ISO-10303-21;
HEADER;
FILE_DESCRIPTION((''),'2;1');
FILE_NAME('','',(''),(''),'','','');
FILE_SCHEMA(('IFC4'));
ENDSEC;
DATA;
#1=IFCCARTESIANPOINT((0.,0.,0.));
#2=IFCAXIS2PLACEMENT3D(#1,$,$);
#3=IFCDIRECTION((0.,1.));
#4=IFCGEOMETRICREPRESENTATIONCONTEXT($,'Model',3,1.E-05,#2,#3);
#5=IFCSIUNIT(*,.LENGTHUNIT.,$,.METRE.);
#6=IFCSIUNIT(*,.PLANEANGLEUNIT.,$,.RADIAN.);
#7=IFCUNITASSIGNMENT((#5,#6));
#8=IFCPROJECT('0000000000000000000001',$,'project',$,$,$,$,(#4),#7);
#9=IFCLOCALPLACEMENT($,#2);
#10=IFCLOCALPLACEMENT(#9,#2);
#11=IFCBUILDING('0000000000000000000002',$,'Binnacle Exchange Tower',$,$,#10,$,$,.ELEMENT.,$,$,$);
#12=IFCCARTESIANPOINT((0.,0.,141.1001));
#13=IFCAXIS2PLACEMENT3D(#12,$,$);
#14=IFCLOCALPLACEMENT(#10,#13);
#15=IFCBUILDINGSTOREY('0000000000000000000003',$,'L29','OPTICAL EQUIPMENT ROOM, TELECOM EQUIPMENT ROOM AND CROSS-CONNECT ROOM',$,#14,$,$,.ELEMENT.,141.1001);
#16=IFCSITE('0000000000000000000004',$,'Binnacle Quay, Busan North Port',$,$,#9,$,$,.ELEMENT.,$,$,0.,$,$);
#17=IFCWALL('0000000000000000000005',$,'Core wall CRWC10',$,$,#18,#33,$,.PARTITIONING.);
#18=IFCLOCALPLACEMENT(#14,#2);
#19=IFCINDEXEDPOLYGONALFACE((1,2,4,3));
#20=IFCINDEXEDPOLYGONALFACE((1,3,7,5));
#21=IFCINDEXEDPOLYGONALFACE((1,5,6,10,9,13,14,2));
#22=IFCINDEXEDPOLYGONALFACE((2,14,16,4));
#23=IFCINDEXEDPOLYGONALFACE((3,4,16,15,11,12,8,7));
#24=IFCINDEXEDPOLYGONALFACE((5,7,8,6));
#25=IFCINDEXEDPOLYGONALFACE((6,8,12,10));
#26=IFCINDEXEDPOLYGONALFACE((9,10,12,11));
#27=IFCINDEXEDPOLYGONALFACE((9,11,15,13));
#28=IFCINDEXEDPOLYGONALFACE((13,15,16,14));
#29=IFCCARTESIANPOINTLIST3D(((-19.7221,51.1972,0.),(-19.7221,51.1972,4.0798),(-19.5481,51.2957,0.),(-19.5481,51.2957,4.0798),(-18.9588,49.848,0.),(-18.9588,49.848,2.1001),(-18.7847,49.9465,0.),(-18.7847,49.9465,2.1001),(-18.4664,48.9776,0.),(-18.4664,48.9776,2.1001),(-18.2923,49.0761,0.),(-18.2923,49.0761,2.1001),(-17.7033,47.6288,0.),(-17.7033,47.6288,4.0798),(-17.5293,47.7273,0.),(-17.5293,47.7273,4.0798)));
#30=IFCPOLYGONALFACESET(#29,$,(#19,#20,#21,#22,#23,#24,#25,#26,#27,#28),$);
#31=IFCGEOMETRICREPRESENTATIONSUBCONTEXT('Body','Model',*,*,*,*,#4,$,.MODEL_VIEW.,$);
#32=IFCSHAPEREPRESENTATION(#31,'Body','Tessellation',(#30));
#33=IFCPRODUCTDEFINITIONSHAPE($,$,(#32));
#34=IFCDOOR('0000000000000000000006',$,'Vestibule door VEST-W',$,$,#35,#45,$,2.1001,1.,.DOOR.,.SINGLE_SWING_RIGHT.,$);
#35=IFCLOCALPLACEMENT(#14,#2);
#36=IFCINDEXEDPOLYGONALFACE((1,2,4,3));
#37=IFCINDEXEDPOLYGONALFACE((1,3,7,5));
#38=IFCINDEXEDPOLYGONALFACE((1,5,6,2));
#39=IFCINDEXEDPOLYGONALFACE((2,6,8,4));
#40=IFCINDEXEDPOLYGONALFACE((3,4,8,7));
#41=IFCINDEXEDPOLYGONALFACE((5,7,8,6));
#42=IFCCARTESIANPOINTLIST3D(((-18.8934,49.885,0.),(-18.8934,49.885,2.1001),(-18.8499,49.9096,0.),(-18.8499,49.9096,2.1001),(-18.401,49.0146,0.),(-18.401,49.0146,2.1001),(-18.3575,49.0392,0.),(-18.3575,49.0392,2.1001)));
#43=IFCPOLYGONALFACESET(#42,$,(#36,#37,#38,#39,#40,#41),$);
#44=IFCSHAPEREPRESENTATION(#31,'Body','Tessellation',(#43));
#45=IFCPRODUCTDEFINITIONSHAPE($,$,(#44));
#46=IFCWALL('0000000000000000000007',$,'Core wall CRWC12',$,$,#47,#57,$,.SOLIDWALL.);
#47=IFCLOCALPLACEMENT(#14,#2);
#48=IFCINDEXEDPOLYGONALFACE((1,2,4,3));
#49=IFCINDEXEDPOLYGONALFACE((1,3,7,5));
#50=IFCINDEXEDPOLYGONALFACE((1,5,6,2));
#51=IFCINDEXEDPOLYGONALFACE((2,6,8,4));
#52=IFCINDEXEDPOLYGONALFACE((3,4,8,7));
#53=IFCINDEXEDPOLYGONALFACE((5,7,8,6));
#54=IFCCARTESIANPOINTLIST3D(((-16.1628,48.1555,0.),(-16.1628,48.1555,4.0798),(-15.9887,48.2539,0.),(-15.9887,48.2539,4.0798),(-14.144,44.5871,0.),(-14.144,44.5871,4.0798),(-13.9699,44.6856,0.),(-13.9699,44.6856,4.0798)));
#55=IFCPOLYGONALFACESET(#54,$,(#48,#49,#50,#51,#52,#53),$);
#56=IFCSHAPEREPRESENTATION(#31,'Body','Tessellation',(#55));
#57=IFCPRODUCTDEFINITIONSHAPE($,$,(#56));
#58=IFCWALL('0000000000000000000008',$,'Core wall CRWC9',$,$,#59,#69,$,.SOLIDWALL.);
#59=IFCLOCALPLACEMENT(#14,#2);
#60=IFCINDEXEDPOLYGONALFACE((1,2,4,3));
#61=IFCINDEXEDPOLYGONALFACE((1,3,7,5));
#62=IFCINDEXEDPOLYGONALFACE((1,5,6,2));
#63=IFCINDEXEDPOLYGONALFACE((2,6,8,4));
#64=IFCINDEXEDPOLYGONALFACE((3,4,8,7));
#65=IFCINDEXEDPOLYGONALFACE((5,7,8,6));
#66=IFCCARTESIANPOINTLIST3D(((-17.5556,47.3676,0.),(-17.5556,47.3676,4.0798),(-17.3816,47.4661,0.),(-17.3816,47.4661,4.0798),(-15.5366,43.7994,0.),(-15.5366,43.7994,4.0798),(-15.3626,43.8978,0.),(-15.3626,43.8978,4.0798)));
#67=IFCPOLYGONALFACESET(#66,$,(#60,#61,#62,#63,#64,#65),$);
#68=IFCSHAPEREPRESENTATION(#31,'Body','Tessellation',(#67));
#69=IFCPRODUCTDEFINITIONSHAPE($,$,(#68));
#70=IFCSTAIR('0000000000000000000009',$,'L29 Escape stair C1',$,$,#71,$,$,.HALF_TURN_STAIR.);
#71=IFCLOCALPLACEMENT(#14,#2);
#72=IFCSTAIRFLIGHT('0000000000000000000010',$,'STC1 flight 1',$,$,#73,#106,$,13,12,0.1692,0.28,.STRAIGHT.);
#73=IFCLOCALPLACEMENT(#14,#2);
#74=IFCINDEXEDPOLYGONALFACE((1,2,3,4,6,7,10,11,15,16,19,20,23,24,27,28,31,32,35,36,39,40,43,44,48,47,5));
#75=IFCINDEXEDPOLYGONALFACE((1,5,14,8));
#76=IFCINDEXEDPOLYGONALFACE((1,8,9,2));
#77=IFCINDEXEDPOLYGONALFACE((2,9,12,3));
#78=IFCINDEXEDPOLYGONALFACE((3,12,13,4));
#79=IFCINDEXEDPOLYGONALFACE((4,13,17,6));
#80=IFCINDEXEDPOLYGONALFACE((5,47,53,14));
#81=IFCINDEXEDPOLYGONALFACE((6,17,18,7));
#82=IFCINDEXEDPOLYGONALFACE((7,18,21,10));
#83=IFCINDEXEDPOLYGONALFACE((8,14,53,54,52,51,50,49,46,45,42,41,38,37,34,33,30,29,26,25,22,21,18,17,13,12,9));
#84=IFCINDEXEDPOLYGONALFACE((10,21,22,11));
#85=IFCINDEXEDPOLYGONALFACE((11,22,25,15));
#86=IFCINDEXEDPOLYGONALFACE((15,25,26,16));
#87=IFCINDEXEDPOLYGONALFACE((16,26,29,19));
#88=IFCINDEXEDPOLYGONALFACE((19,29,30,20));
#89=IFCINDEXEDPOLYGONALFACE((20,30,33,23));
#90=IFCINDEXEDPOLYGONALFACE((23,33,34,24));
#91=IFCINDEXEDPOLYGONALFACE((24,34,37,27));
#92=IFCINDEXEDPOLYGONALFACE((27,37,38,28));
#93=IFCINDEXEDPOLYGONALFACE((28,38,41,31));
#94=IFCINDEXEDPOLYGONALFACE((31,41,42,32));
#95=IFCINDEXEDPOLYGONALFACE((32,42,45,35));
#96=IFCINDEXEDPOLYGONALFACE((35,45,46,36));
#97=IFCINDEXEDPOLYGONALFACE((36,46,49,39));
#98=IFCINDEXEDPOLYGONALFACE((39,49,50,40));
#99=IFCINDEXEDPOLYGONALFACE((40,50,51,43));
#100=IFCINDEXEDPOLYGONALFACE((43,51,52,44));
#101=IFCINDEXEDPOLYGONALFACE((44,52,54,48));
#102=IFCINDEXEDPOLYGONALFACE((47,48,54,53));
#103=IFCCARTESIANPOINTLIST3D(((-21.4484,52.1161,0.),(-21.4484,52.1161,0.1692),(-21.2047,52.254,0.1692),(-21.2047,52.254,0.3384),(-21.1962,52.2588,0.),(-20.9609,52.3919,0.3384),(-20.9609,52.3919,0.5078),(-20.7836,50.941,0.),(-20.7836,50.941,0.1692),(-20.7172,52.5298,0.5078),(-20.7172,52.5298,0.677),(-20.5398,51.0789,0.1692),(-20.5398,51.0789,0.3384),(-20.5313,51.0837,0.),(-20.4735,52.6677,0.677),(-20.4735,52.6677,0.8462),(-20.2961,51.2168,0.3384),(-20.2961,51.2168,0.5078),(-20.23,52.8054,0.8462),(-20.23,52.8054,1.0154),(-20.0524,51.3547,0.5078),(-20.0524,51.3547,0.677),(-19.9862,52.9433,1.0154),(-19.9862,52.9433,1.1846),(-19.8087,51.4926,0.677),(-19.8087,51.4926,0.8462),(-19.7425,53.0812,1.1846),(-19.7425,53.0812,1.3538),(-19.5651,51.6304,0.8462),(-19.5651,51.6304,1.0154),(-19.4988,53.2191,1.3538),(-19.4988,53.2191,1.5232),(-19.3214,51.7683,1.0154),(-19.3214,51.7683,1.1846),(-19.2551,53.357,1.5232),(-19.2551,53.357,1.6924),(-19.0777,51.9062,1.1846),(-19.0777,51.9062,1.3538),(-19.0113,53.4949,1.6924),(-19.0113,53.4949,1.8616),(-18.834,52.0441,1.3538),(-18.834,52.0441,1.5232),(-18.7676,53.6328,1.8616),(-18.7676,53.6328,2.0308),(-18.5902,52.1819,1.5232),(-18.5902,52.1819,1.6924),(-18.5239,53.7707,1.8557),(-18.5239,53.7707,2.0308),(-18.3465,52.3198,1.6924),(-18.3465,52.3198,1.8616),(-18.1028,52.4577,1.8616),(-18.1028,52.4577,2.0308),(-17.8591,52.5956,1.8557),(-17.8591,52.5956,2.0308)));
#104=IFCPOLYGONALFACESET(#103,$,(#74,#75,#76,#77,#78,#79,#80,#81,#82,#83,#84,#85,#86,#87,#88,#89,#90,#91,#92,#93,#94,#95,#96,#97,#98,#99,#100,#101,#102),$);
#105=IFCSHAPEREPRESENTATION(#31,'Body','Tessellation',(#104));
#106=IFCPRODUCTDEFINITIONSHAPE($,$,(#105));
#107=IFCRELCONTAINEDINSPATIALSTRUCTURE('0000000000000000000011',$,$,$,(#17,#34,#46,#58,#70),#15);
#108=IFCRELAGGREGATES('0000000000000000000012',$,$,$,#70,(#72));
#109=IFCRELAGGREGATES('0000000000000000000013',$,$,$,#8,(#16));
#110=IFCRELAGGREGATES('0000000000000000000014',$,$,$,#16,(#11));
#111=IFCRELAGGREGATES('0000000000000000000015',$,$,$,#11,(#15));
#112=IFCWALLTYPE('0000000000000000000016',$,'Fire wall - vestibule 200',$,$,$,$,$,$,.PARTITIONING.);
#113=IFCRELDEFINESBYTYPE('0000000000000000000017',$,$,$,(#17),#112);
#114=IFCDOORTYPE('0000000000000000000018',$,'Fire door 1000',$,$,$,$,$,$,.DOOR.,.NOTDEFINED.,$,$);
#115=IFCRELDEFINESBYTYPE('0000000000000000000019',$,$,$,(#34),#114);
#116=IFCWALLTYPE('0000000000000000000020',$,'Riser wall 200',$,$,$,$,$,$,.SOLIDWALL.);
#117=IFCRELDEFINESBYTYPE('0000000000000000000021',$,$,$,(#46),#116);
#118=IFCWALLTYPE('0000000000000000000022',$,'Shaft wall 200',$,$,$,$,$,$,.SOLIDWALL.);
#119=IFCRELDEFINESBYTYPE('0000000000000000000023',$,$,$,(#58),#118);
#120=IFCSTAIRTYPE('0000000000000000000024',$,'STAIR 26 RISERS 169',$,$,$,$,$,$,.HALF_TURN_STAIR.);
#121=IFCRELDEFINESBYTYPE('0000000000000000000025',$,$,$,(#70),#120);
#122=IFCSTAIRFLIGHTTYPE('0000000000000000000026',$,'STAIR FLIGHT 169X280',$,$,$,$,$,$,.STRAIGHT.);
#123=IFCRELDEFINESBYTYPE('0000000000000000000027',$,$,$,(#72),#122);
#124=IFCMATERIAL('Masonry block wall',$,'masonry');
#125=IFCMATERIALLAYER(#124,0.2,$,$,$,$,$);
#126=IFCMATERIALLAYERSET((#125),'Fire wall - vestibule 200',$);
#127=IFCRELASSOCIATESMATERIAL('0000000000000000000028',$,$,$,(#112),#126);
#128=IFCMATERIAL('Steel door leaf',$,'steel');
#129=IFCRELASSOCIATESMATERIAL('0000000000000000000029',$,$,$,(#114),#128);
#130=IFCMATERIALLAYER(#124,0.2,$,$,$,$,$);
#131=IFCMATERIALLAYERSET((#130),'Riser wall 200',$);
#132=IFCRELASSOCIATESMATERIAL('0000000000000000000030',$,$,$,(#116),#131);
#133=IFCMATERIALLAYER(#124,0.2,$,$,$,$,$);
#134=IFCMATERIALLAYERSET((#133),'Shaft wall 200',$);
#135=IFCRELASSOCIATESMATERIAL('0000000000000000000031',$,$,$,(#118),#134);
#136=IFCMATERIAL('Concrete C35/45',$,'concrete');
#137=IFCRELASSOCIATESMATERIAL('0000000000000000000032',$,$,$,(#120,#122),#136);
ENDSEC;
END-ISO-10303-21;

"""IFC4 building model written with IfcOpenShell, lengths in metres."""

from ifc_helpers import new_model, si_unit, direction, frame, frame_2d, origin, place, context, subcontext, project, spatial, polyline, rectangle, outline, extrude, material, layer, layer_set, type_object, element, fill, aggregate, save


model = new_model("IFC4")

# Units and contexts
model_context = context("Model", 3, precision=1e-05, world=origin(), true_north=direction((0.0, 1.0)))
body_context = subcontext(model_context, "Body", "Model", "MODEL_VIEW")
ifc_project = project(units=[si_unit("LENGTHUNIT", "METRE"), si_unit("PLANEANGLEUNIT", "RADIAN")], contexts=[model_context])

# Site, building, storey
site_placement = place(None, origin())
site = spatial("IfcSite", under=ifc_project, at=site_placement, Name="Binnacle Quay, Busan North Port", CompositionType="ELEMENT", RefElevation=0.0)
building_placement = place(site_placement, origin())
building = spatial("IfcBuilding", under=site, at=building_placement, Name="Binnacle Exchange Tower", CompositionType="ELEMENT")
storey_placement = place(building_placement, frame((0.0, 0.0, 141.1001)))
storey = spatial("IfcBuildingStorey", under=building, at=storey_placement, Name="L29", Description="OPTICAL EQUIPMENT ROOM, TELECOM EQUIPMENT ROOM AND CROSS-CONNECT ROOM", CompositionType="ELEMENT", Elevation=141.1001)

# Shared definitions
ifc_material_1 = material(Name="Steel door leaf", Category="steel")

# Wall, opening, door
ifc_material_2 = material(Name="Masonry block wall", Category="masonry")
ifc_layer_1 = layer(ifc_material_2, 0.2)
ifc_layer_set_1 = layer_set([ifc_layer_1], Name="Fire wall - vestibule 200")
wall_type_1 = type_object("IfcWallType", Name="Fire wall - vestibule 200", PredefinedType="PARTITIONING", material=ifc_layer_set_1)
wall_1_placement = place(storey_placement, frame((-19.635, 51.2463, 0.0), z_axis=(0.0, 0.0, 1.0), x_axis=(0.492408, -0.870364, 0.0)))
wall_1 = element("IfcWall", 1, at=wall_1_placement, inside=storey, type_object=wall_type_1, Name="Core wall CRWC10", PredefinedType="PARTITIONING", context=body_context, shape_type="SweptSolid", body=[
    extrude(rectangle(XDim=4.0999, YDim=0.2, at=frame_2d((2.0498, 0.0))), origin(), (0.0, 0.0, 1.0), 4.0798),
])
opening_1_placement = place(wall_1_placement, frame((1.55, 0.0, 0.0)))
opening_1 = element("IfcOpeningElement", 2, at=opening_1_placement, cuts=wall_1, PredefinedType="OPENING", context=body_context, shape_type="SweptSolid", body=[
    extrude(rectangle(XDim=1.0, YDim=2.1001, at=frame_2d((0.5, 1.05))), frame((0.0, 0.1099, 0.0), z_axis=(0.0, -1.0, 0.0), x_axis=(1.0, 0.0, 0.0)), (0.0, 0.0, 1.0), 0.22),
])
door_type_1 = type_object("IfcDoorType", Name="Fire door 1000", OperationType="NOTDEFINED", PredefinedType="DOOR", material=ifc_material_1)
door_1_placement = place(opening_1_placement, frame((1.0, 0.0, 0.0), z_axis=(0.0, 0.0, 1.0), x_axis=(-1.0, 0.0, 0.0)))
door_1 = element("IfcDoor", 3, at=door_1_placement, inside=storey, type_object=door_type_1, Name="Vestibule door VEST-W", OperationType="SINGLE_SWING_RIGHT", OverallHeight=2.1001, OverallWidth=1.0, PredefinedType="DOOR", context=body_context, shape_type="SweptSolid", body=[
    extrude(rectangle(XDim=1.0, YDim=2.1001, at=frame_2d((0.5, 1.05))), frame((0.0, 0.0249, 0.0), z_axis=(0.0, -1.0, 0.0), x_axis=(1.0, 0.0, 0.0)), (0.0, 0.0, 1.0), 0.05),
])
fill(opening_1, door_1)

# Walls
ifc_layer_2 = layer(ifc_material_2, 0.2)
ifc_layer_set_2 = layer_set([ifc_layer_2], Name="Riser wall 200")
wall_type_2 = type_object("IfcWallType", Name="Riser wall 200", PredefinedType="SOLIDWALL", material=ifc_layer_set_2)
wall_2_placement = place(storey_placement, frame((-16.0757, 48.2046, 0.0), z_axis=(0.0, 0.0, 1.0), x_axis=(0.492408, -0.870364, 0.0)))
element("IfcWall", 4, at=wall_2_placement, inside=storey, type_object=wall_type_2, Name="Core wall CRWC12", PredefinedType="SOLIDWALL", context=body_context, shape_type="SweptSolid", body=[
    extrude(rectangle(XDim=4.0999, YDim=0.2, at=frame_2d((2.0498, 0.0))), origin(), (0.0, 0.0, 1.0), 4.0798),
])
ifc_layer_3 = layer(ifc_material_2, 0.2)
ifc_layer_set_3 = layer_set([ifc_layer_3], Name="Shaft wall 200")
wall_type_3 = type_object("IfcWallType", Name="Shaft wall 200", PredefinedType="SOLIDWALL", material=ifc_layer_set_3)
wall_3_placement = place(storey_placement, frame((-17.4685, 47.4167, 0.0), z_axis=(0.0, 0.0, 1.0), x_axis=(0.492454, -0.870339, 0.0)))
element("IfcWall", 5, at=wall_3_placement, inside=storey, type_object=wall_type_3, Name="Core wall CRWC9", PredefinedType="SOLIDWALL", context=body_context, shape_type="SweptSolid", body=[
    extrude(rectangle(XDim=4.0999, YDim=0.2, at=frame_2d((2.0498, 0.0))), origin(), (0.0, 0.0, 1.0), 4.0798),
])

# Stair, stair flight
ifc_material_3 = material(Name="Concrete C35/45", Category="concrete")
stair_type = type_object("IfcStairType", Name="STAIR 26 RISERS 169", PredefinedType="HALF_TURN_STAIR", material=ifc_material_3)
stair_placement = place(storey_placement, origin())
stair = element("IfcStair", 6, at=stair_placement, inside=storey, type_object=stair_type, Name="L29 Escape stair C1", PredefinedType="HALF_TURN_STAIR")
stair_flight_type = type_object("IfcStairFlightType", Name="STAIR FLIGHT 169X280", PredefinedType="STRAIGHT", material=ifc_material_3)
stair_flight_placement = place(storey_placement, frame((-21.116, 51.5286, 0.0), z_axis=(0.0, 0.0, 1.0), x_axis=(0.870356, 0.492424, 0.0)))
stair_flight = element("IfcStairFlight", 7, at=stair_flight_placement, type_object=stair_flight_type, Name="STC1 flight 1", NumberOfRisers=13, NumberOfTreads=12, PredefinedType="STRAIGHT", RiserHeight=0.1692, TreadLength=0.28, context=body_context, shape_type="SweptSolid", body=[
    extrude(outline(polyline([(0.0, 0.0), (0.0, 0.1692), (0.28, 0.1692), (0.28, 0.3384), (0.5601, 0.3384), (0.5601, 0.5078), (0.8401, 0.5078), (0.8401, 0.677), (1.1201, 0.677), (1.1201, 0.8462), (1.3999, 0.8462), (1.3999, 1.0154), (1.6799, 1.0154), (1.6799, 1.1846), (1.96, 1.1846), (1.96, 1.3538), (2.24, 1.3538), (2.24, 1.5232), (2.52, 1.5232), (2.52, 1.6924), (2.8, 1.6924), (2.8, 1.8616), (3.0801, 1.8616), (3.0801, 2.0308), (3.3601, 2.0308), (3.3601, 2.2), (3.3601, 1.8557), (0.2898, 0.0), (0.0, 0.0)])), frame((0.0, 0.675, 0.0), z_axis=(0.0, -1.0, 0.0), x_axis=(1.0, 0.0, 0.0)), (0.0, 0.0, 1.0), 1.3501),
])
aggregate(stair, [stair_flight])

save(model, "model.ifc")
